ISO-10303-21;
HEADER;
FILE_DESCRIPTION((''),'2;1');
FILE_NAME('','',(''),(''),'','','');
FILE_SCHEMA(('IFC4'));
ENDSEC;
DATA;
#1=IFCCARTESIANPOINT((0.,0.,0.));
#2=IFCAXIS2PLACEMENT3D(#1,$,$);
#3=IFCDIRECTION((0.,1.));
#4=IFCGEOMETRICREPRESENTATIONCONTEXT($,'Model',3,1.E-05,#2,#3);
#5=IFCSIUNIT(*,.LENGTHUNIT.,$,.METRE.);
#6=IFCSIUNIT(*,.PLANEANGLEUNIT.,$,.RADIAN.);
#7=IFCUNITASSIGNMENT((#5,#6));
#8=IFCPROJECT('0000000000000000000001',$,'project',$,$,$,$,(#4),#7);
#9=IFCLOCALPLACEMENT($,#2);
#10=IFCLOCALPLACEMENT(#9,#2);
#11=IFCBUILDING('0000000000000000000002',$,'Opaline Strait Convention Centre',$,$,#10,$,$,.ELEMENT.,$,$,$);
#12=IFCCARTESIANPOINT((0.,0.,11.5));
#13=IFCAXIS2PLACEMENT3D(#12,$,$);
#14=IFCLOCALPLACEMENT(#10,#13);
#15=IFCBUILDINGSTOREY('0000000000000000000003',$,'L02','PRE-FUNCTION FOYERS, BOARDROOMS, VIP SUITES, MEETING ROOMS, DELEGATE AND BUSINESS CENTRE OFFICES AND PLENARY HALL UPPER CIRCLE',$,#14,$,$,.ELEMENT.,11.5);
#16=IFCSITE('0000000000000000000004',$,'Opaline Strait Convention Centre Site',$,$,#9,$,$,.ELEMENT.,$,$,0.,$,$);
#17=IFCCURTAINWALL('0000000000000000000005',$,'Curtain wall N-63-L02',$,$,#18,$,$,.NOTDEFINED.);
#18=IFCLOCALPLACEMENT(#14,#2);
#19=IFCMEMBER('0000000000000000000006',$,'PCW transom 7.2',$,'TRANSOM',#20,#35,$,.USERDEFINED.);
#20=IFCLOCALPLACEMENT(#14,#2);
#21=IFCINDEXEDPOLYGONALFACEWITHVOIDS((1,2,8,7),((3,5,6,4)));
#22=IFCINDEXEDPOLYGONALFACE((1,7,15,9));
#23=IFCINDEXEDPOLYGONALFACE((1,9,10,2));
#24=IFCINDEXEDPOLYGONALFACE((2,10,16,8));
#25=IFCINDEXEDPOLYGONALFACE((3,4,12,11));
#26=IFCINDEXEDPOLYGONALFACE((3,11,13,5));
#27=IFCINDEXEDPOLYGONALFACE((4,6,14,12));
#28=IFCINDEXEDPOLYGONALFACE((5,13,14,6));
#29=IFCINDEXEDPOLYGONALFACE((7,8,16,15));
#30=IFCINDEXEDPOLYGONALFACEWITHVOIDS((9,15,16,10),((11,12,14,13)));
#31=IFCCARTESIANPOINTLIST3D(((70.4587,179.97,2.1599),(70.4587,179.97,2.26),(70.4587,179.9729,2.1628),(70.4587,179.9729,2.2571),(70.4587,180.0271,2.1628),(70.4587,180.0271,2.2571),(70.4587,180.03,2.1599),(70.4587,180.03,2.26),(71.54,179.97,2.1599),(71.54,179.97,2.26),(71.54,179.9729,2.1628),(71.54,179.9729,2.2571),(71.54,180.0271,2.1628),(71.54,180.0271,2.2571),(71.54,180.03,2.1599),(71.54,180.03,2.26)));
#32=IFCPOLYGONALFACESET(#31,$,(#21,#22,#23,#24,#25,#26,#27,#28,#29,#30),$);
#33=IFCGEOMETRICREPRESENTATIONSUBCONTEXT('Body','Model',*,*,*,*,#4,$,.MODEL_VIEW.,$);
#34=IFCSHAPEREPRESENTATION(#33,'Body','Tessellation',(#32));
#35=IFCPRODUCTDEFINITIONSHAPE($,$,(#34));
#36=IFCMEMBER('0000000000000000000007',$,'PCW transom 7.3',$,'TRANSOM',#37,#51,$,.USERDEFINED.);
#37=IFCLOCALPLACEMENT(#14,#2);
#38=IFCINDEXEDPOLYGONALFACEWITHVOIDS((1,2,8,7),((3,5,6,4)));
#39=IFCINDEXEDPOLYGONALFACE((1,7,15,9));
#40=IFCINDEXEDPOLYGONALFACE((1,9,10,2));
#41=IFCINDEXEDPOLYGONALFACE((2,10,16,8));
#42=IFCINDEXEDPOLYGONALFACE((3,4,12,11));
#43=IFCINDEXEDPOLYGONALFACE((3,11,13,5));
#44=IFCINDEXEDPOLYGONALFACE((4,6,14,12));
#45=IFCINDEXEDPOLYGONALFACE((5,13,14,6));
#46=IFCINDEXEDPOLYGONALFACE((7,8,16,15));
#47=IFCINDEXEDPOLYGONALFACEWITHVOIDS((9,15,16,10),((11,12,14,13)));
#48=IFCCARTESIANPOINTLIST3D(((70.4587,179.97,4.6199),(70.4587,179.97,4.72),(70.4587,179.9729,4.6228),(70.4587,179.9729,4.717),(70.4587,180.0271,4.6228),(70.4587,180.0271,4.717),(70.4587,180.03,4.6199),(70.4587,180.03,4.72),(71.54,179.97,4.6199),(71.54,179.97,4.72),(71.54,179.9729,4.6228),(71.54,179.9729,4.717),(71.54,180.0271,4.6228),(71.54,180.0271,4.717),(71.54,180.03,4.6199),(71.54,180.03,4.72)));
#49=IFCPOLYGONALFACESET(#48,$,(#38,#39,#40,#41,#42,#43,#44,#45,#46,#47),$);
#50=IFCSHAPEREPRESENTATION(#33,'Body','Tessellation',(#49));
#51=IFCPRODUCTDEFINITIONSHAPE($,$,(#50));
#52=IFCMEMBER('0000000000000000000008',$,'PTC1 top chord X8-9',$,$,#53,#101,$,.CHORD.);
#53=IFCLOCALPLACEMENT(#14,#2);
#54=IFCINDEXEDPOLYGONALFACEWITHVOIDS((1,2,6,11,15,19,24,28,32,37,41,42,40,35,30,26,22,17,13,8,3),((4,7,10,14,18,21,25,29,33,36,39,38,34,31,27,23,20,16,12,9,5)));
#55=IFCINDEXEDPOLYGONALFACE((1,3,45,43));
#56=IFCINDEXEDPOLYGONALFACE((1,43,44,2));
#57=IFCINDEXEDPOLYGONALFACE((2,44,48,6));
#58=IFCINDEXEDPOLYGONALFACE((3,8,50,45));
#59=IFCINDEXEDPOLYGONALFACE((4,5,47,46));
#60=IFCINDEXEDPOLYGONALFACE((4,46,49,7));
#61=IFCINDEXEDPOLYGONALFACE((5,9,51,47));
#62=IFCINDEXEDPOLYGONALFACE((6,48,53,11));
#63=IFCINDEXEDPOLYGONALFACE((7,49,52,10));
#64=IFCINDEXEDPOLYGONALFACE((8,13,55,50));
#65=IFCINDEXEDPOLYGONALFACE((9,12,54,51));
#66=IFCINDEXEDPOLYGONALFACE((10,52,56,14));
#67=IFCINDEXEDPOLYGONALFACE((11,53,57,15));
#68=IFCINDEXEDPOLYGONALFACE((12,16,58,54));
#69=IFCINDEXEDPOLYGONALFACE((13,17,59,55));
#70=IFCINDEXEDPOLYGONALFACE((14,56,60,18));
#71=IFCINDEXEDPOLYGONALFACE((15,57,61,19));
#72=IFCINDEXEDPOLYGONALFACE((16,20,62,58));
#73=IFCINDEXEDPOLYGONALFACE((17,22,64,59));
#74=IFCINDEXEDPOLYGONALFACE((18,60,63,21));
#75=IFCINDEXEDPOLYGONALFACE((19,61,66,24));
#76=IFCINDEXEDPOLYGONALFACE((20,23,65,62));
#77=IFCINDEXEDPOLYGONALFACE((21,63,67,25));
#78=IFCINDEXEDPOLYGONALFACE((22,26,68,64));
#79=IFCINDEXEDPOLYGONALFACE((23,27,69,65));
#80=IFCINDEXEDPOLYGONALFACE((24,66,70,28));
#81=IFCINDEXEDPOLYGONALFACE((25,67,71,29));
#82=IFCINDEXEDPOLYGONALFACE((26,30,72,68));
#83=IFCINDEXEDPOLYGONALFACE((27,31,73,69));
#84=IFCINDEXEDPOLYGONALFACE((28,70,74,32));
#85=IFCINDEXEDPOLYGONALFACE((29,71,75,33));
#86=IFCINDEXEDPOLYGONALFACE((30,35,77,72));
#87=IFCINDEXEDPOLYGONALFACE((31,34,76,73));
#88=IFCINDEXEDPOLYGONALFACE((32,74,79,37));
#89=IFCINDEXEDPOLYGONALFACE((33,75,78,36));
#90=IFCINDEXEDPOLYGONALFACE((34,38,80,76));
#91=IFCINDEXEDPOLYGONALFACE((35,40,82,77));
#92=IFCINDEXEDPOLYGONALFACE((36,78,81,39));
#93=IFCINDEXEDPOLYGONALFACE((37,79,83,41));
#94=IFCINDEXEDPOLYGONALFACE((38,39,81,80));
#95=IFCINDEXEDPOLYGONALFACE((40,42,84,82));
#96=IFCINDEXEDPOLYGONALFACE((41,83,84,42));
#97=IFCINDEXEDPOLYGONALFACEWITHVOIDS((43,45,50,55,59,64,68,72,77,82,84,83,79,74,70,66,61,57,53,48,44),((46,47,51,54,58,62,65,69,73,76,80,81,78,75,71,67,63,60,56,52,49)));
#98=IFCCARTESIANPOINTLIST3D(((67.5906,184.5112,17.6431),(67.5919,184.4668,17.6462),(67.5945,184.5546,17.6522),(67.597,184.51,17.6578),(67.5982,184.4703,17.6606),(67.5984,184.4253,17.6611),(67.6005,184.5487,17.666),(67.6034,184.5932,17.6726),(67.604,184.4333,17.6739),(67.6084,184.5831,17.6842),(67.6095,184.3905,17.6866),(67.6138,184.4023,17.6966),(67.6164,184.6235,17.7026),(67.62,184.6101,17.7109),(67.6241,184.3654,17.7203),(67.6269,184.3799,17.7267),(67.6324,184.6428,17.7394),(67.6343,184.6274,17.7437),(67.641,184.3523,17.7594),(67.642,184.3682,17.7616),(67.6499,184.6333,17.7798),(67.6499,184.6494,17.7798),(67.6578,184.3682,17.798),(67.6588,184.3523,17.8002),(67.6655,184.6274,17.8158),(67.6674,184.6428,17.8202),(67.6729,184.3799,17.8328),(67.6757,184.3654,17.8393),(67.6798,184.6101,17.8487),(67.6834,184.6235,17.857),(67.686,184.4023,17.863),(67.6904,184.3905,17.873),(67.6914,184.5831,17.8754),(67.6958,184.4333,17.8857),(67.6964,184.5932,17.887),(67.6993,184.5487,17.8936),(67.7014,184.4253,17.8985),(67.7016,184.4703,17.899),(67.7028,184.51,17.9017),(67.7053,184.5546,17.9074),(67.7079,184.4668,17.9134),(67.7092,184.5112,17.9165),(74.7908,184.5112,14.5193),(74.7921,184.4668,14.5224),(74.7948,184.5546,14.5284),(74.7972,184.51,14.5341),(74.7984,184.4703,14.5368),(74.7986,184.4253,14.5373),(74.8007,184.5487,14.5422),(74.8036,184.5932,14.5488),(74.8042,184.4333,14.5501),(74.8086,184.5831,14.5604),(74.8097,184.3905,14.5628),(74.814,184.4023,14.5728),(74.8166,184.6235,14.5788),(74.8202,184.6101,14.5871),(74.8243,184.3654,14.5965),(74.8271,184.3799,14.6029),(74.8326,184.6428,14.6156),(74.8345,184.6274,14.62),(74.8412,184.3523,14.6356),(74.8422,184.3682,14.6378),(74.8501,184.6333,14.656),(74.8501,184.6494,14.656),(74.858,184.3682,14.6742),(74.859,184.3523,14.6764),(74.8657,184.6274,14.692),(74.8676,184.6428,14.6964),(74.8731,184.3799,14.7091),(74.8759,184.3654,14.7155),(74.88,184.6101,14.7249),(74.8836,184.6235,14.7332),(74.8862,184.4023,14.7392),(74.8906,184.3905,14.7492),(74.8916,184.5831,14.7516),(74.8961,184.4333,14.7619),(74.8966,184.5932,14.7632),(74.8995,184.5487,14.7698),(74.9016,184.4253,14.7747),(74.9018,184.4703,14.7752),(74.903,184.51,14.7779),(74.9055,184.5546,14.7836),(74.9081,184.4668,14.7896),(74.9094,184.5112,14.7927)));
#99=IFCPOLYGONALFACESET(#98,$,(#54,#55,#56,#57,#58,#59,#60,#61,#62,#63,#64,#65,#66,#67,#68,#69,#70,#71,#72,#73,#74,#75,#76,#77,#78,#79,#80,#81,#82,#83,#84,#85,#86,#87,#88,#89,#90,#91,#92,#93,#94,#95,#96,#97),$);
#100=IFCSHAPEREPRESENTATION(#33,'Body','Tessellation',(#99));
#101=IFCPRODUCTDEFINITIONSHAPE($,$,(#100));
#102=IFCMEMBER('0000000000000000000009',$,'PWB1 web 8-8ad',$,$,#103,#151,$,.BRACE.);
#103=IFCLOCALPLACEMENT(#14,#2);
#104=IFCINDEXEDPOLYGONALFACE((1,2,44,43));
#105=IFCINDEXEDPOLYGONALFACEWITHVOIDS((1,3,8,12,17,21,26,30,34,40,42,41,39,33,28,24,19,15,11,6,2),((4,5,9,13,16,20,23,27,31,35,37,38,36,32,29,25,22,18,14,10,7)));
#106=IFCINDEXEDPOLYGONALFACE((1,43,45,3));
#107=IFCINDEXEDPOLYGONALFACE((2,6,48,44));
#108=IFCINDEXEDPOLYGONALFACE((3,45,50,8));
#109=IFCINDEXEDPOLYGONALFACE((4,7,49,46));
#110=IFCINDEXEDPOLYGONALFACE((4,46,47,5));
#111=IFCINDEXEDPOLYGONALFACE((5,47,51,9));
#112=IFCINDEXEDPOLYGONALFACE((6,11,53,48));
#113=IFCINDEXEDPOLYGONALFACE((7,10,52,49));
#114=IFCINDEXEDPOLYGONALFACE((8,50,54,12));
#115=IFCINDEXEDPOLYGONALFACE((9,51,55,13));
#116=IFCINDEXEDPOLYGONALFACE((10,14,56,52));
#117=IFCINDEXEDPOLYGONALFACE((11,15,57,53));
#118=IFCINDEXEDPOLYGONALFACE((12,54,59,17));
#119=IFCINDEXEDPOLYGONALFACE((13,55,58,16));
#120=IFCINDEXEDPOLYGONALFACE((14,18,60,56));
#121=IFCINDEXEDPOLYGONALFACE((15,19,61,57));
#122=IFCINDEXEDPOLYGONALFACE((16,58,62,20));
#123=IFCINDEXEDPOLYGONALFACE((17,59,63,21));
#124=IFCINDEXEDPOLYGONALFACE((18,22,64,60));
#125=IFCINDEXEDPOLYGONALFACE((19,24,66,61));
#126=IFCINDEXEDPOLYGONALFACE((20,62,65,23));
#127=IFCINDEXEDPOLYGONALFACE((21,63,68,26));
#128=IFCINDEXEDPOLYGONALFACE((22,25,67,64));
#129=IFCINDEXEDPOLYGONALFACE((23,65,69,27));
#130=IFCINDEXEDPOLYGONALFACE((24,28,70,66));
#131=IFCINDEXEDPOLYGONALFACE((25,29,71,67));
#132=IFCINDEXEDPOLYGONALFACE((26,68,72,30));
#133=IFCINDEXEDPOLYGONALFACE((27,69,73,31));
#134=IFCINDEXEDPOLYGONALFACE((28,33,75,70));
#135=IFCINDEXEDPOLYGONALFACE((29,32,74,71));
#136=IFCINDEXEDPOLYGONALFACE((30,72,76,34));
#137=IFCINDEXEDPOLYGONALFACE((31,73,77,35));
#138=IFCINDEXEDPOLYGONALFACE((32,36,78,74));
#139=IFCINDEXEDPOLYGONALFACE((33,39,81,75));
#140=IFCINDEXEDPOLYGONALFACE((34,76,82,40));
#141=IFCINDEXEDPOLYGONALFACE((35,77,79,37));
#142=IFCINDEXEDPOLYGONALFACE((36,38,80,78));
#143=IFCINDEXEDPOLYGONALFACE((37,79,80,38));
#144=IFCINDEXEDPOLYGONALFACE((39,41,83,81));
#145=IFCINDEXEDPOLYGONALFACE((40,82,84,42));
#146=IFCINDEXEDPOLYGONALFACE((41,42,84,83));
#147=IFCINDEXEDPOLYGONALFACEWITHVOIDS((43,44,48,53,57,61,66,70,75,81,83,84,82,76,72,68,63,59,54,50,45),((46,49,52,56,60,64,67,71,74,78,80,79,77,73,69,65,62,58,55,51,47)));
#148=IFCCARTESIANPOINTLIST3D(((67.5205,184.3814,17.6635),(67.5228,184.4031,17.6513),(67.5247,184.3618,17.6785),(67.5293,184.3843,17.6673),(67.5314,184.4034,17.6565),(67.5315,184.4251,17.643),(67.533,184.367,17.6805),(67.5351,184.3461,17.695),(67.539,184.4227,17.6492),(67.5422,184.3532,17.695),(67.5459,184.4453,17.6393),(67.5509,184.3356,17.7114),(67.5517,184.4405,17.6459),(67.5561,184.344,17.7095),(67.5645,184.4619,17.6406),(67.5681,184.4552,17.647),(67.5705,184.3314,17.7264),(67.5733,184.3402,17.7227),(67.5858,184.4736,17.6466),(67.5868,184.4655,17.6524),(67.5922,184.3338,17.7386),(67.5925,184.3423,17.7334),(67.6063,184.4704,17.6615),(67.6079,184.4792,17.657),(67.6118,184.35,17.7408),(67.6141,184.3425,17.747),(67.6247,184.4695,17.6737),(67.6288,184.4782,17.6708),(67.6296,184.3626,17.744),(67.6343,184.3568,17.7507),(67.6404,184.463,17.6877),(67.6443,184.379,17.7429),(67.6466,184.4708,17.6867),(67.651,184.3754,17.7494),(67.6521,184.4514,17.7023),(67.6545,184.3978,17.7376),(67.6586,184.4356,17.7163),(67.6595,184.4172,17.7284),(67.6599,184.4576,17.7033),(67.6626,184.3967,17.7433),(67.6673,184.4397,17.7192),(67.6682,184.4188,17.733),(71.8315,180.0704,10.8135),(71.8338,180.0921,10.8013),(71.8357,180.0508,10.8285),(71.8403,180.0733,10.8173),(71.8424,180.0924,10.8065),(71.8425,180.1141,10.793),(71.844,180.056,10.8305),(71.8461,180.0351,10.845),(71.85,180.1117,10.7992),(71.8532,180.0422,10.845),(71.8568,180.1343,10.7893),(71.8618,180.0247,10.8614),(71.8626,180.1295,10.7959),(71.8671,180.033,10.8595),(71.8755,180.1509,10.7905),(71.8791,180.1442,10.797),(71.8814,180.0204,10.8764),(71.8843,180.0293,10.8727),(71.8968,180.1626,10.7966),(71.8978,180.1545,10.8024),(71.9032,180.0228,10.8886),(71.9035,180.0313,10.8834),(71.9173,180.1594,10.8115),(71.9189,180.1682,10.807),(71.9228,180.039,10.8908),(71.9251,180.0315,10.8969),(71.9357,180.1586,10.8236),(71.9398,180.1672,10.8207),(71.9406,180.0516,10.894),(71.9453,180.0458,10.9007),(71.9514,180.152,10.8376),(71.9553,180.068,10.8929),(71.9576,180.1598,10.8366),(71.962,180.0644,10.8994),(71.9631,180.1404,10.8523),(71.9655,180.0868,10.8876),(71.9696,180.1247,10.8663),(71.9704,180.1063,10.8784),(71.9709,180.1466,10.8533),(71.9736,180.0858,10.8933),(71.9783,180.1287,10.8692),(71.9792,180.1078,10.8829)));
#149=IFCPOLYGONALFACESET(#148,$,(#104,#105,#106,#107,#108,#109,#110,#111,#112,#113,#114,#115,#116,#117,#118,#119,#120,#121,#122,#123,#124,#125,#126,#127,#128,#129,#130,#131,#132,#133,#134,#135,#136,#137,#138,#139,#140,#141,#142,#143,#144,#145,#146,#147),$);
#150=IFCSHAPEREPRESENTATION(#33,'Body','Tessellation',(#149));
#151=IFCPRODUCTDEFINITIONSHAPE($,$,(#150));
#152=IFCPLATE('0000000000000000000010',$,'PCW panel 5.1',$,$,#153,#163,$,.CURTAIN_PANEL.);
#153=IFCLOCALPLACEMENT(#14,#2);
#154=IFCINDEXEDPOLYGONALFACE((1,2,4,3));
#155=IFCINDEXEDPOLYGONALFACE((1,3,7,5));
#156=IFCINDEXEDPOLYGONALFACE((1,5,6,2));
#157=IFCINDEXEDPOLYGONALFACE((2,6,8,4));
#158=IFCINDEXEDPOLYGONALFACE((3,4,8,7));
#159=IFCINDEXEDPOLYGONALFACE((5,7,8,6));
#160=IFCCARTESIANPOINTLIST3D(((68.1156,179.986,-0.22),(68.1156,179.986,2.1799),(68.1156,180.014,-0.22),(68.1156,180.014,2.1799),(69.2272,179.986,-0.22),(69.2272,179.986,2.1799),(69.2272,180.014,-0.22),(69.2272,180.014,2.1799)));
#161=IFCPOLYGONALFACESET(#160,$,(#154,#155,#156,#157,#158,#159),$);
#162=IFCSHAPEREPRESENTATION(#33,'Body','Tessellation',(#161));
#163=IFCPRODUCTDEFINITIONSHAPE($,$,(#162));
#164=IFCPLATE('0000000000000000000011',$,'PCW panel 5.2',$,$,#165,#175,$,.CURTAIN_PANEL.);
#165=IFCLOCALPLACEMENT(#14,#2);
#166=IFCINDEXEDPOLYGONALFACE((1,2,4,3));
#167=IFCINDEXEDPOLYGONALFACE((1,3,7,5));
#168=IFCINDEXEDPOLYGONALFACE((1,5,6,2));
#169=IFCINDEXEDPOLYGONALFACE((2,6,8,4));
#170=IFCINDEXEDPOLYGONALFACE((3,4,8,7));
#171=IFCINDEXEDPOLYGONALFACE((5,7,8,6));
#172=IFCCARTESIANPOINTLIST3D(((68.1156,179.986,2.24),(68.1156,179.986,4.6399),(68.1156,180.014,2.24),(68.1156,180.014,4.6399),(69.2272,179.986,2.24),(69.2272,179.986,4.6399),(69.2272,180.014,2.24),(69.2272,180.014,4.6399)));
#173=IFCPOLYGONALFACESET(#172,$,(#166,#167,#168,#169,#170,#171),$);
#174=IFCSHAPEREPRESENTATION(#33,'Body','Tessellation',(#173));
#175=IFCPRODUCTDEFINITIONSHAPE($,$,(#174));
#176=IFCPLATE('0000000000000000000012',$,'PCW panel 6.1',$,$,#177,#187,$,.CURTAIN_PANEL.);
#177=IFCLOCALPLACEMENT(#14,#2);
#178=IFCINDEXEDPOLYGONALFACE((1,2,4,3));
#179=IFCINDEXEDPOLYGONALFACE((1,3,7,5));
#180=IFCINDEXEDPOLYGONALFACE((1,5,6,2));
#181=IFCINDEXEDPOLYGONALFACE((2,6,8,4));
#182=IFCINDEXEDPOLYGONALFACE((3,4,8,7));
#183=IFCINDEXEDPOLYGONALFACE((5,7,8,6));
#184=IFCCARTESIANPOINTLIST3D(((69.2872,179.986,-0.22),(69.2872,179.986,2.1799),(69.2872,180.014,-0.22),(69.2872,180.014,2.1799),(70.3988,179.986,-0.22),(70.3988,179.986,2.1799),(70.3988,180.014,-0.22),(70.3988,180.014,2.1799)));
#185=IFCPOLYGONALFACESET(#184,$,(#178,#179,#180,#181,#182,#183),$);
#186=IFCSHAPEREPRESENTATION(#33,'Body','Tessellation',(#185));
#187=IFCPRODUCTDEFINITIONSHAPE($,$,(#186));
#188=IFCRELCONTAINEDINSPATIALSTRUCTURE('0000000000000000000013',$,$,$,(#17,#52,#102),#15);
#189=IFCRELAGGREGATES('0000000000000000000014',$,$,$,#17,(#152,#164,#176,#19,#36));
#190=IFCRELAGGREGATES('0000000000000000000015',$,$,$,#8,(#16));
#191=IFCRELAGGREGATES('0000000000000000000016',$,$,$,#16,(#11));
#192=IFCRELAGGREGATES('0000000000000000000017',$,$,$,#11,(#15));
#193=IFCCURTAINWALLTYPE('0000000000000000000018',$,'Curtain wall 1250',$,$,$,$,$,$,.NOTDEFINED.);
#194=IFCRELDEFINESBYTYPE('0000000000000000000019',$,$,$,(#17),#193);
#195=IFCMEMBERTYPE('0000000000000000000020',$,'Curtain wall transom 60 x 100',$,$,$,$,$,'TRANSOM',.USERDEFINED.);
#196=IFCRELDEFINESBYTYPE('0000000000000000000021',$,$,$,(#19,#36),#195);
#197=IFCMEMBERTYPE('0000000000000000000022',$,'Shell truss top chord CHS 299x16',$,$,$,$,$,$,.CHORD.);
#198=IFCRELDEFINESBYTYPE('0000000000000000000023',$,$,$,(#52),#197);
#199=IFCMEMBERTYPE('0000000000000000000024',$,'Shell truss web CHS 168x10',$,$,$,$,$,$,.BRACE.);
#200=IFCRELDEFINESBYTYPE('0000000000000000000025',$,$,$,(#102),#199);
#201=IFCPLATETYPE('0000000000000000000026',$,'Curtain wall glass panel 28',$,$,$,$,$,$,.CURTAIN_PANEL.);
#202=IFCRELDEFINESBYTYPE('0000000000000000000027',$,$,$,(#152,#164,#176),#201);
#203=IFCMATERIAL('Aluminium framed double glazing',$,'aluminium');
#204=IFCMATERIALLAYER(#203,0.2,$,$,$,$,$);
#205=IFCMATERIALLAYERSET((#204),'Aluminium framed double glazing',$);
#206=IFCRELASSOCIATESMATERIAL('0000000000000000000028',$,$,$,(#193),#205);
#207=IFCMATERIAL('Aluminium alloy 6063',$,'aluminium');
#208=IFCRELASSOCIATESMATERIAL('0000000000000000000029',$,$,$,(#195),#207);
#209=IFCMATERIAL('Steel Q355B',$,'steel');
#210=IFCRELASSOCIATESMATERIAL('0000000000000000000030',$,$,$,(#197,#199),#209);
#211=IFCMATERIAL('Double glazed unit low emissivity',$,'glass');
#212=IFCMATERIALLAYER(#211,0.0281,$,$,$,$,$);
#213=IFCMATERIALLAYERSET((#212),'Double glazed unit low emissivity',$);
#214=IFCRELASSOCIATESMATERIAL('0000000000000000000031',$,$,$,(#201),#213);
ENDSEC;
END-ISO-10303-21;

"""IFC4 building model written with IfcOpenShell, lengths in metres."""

from ifc_helpers import new_model, si_unit, direction, frame, origin, origin_2d, place, context, subcontext, project, spatial, rectangle, hollow_rectangle, hollow_circle, extrude, material, layer, layer_set, material_profile, profile_set, type_object, element, aggregate, save


model = new_model("IFC4")

# Units and contexts
model_context = context("Model", 3, precision=1e-05, world=origin(), true_north=direction((0.0, 1.0)))
body_context = subcontext(model_context, "Body", "Model", "MODEL_VIEW")
ifc_project = project(units=[si_unit("LENGTHUNIT", "METRE"), si_unit("PLANEANGLEUNIT", "RADIAN")], contexts=[model_context])

# Site, building, storey
site_placement = place(None, origin())
site = spatial("IfcSite", under=ifc_project, at=site_placement, Name="Opaline Strait Convention Centre Site", CompositionType="ELEMENT", RefElevation=0.0)
building_placement = place(site_placement, origin())
building = spatial("IfcBuilding", under=site, at=building_placement, Name="Opaline Strait Convention Centre", CompositionType="ELEMENT")
storey_placement = place(building_placement, frame((0.0, 0.0, 11.5)))
storey = spatial("IfcBuildingStorey", under=building, at=storey_placement, Name="L02", Description="PRE-FUNCTION FOYERS, BOARDROOMS, VIP SUITES, MEETING ROOMS, DELEGATE AND BUSINESS CENTRE OFFICES AND PLENARY HALL UPPER CIRCLE", CompositionType="ELEMENT", Elevation=11.5)

# Curtain wall, members
ifc_material_1 = material(Name="Aluminium framed double glazing", Category="aluminium")
ifc_layer_1 = layer(ifc_material_1, 0.2)
ifc_layer_set_1 = layer_set([ifc_layer_1], Name="Aluminium framed double glazing")
curtain_wall_type = type_object("IfcCurtainWallType", Name="Curtain wall 1250", PredefinedType="NOTDEFINED", material=ifc_layer_set_1)
curtain_wall_placement = place(storey_placement, origin())
curtain_wall = element("IfcCurtainWall", 1, at=curtain_wall_placement, inside=storey, type_object=curtain_wall_type, Name="Curtain wall N-63-L02", PredefinedType="NOTDEFINED")
ifc_material_2 = material(Name="Aluminium alloy 6063", Category="aluminium")
ifc_material_profile_1 = material_profile(ifc_material_2, hollow_rectangle(XDim=0.0601, YDim=0.1001, WallThickness=0.0029, at=origin_2d()), Name="TRANSOM 60x100x3")
ifc_profile_set_1 = profile_set([ifc_material_profile_1], Name="Aluminium alloy 6063")
member_type_1 = type_object("IfcMemberType", Name="Curtain wall transom 60 x 100", ElementType="TRANSOM", PredefinedType="USERDEFINED", material=ifc_profile_set_1)
member_1_placement = place(storey_placement, frame((70.4587, 180.0, 2.21), z_axis=(1.0, 0.0, 0.0), x_axis=(0.0, 1.0, 0.0)))
member_1 = element("IfcMember", 2, at=member_1_placement, type_object=member_type_1, Name="PCW transom 7.2", ObjectType="TRANSOM", PredefinedType="USERDEFINED", context=body_context, shape_type="SweptSolid", body=[
    extrude(hollow_rectangle(XDim=0.0601, YDim=0.1001, WallThickness=0.0029, at=origin_2d()), origin(), (0.0, 0.0, 1.0), 1.0813),
])
member_2_placement = place(storey_placement, frame((70.4587, 180.0, 4.6699), z_axis=(1.0, 0.0, 0.0), x_axis=(0.0, 1.0, 0.0)))
member_2 = element("IfcMember", 3, at=member_2_placement, type_object=member_type_1, Name="PCW transom 7.3", ObjectType="TRANSOM", PredefinedType="USERDEFINED", context=body_context, shape_type="SweptSolid", body=[
    extrude(hollow_rectangle(XDim=0.0601, YDim=0.1001, WallThickness=0.0029, at=origin_2d()), origin(), (0.0, 0.0, 1.0), 1.0813),
])

# Members
ifc_material_3 = material(Name="Steel Q355B", Category="steel")
ifc_material_profile_2 = material_profile(ifc_material_3, hollow_circle(Radius=0.1494, WallThickness=0.0161, at=origin_2d()), Name="CHS 299x16")
ifc_profile_set_2 = profile_set([ifc_material_profile_2], Name="Steel Q355B")
member_type_2 = type_object("IfcMemberType", Name="Shell truss top chord CHS 299x16", PredefinedType="CHORD", material=ifc_profile_set_2)
member_3_placement = place(storey_placement, frame((67.6499, 184.5, 17.7798), z_axis=(0.917384, 0.0, -0.398004), x_axis=(0.0, 1.0, 0.0)))
element("IfcMember", 4, at=member_3_placement, inside=storey, type_object=member_type_2, Name="PTC1 top chord X8-9", PredefinedType="CHORD", context=body_context, shape_type="SweptSolid", body=[
    extrude(hollow_circle(Radius=0.1494, WallThickness=0.0161, at=origin_2d()), origin(), (0.0, 0.0, 1.0), 7.8486),
])
ifc_material_profile_3 = material_profile(ifc_material_3, hollow_circle(Radius=0.084, WallThickness=0.01, at=origin_2d()), Name="CHS 168x10")
ifc_profile_set_3 = profile_set([ifc_material_profile_3], Name="Steel Q355B")
member_type_3 = type_object("IfcMemberType", Name="Shell truss web CHS 168x10", PredefinedType="BRACE", material=ifc_profile_set_3)
member_4_placement = place(storey_placement, frame((71.9055, 180.0945, 10.845), z_axis=(-0.47011, 0.47011, 0.74699), x_axis=(-0.707107, -0.707107, 0.0)))
element("IfcMember", 5, at=member_4_placement, inside=storey, type_object=member_type_3, Name="PWB1 web 8-8ad", PredefinedType="BRACE", context=body_context, shape_type="SweptSolid", body=[
    extrude(hollow_circle(Radius=0.084, WallThickness=0.01, at=origin_2d()), origin(), (0.0, 0.0, 1.0), 9.1702),
])

# Plates
ifc_material_4 = material(Name="Double glazed unit low emissivity", Category="glass")
ifc_layer_2 = layer(ifc_material_4, 0.0281)
ifc_layer_set_2 = layer_set([ifc_layer_2], Name="Double glazed unit low emissivity")
plate_type = type_object("IfcPlateType", Name="Curtain wall glass panel 28", PredefinedType="CURTAIN_PANEL", material=ifc_layer_set_2)
plate_1_placement = place(storey_placement, frame((68.6714, 180.0, -0.22), z_axis=(0.0, 0.0, 1.0), x_axis=(1.0, 0.0, 0.0)))
plate_1 = element("IfcPlate", 6, at=plate_1_placement, type_object=plate_type, Name="PCW panel 5.1", PredefinedType="CURTAIN_PANEL", context=body_context, shape_type="SweptSolid", body=[
    extrude(rectangle(XDim=1.1116, YDim=0.0281, at=origin_2d()), origin(), (0.0, 0.0, 1.0), 2.3999),
])
plate_2_placement = place(storey_placement, frame((68.6714, 180.0, 2.24), z_axis=(0.0, 0.0, 1.0), x_axis=(1.0, 0.0, 0.0)))
plate_2 = element("IfcPlate", 7, at=plate_2_placement, type_object=plate_type, Name="PCW panel 5.2", PredefinedType="CURTAIN_PANEL", context=body_context, shape_type="SweptSolid", body=[
    extrude(rectangle(XDim=1.1116, YDim=0.0281, at=origin_2d()), origin(), (0.0, 0.0, 1.0), 2.3999),
])
plate_3_placement = place(storey_placement, frame((69.843, 180.0, -0.22), z_axis=(0.0, 0.0, 1.0), x_axis=(1.0, 0.0, 0.0)))
plate_3 = element("IfcPlate", 8, at=plate_3_placement, type_object=plate_type, Name="PCW panel 6.1", PredefinedType="CURTAIN_PANEL", context=body_context, shape_type="SweptSolid", body=[
    extrude(rectangle(XDim=1.1116, YDim=0.0281, at=origin_2d()), origin(), (0.0, 0.0, 1.0), 2.3999),
])
aggregate(curtain_wall, [plate_1, plate_2, plate_3, member_1, member_2])

save(model, "model.ifc")
